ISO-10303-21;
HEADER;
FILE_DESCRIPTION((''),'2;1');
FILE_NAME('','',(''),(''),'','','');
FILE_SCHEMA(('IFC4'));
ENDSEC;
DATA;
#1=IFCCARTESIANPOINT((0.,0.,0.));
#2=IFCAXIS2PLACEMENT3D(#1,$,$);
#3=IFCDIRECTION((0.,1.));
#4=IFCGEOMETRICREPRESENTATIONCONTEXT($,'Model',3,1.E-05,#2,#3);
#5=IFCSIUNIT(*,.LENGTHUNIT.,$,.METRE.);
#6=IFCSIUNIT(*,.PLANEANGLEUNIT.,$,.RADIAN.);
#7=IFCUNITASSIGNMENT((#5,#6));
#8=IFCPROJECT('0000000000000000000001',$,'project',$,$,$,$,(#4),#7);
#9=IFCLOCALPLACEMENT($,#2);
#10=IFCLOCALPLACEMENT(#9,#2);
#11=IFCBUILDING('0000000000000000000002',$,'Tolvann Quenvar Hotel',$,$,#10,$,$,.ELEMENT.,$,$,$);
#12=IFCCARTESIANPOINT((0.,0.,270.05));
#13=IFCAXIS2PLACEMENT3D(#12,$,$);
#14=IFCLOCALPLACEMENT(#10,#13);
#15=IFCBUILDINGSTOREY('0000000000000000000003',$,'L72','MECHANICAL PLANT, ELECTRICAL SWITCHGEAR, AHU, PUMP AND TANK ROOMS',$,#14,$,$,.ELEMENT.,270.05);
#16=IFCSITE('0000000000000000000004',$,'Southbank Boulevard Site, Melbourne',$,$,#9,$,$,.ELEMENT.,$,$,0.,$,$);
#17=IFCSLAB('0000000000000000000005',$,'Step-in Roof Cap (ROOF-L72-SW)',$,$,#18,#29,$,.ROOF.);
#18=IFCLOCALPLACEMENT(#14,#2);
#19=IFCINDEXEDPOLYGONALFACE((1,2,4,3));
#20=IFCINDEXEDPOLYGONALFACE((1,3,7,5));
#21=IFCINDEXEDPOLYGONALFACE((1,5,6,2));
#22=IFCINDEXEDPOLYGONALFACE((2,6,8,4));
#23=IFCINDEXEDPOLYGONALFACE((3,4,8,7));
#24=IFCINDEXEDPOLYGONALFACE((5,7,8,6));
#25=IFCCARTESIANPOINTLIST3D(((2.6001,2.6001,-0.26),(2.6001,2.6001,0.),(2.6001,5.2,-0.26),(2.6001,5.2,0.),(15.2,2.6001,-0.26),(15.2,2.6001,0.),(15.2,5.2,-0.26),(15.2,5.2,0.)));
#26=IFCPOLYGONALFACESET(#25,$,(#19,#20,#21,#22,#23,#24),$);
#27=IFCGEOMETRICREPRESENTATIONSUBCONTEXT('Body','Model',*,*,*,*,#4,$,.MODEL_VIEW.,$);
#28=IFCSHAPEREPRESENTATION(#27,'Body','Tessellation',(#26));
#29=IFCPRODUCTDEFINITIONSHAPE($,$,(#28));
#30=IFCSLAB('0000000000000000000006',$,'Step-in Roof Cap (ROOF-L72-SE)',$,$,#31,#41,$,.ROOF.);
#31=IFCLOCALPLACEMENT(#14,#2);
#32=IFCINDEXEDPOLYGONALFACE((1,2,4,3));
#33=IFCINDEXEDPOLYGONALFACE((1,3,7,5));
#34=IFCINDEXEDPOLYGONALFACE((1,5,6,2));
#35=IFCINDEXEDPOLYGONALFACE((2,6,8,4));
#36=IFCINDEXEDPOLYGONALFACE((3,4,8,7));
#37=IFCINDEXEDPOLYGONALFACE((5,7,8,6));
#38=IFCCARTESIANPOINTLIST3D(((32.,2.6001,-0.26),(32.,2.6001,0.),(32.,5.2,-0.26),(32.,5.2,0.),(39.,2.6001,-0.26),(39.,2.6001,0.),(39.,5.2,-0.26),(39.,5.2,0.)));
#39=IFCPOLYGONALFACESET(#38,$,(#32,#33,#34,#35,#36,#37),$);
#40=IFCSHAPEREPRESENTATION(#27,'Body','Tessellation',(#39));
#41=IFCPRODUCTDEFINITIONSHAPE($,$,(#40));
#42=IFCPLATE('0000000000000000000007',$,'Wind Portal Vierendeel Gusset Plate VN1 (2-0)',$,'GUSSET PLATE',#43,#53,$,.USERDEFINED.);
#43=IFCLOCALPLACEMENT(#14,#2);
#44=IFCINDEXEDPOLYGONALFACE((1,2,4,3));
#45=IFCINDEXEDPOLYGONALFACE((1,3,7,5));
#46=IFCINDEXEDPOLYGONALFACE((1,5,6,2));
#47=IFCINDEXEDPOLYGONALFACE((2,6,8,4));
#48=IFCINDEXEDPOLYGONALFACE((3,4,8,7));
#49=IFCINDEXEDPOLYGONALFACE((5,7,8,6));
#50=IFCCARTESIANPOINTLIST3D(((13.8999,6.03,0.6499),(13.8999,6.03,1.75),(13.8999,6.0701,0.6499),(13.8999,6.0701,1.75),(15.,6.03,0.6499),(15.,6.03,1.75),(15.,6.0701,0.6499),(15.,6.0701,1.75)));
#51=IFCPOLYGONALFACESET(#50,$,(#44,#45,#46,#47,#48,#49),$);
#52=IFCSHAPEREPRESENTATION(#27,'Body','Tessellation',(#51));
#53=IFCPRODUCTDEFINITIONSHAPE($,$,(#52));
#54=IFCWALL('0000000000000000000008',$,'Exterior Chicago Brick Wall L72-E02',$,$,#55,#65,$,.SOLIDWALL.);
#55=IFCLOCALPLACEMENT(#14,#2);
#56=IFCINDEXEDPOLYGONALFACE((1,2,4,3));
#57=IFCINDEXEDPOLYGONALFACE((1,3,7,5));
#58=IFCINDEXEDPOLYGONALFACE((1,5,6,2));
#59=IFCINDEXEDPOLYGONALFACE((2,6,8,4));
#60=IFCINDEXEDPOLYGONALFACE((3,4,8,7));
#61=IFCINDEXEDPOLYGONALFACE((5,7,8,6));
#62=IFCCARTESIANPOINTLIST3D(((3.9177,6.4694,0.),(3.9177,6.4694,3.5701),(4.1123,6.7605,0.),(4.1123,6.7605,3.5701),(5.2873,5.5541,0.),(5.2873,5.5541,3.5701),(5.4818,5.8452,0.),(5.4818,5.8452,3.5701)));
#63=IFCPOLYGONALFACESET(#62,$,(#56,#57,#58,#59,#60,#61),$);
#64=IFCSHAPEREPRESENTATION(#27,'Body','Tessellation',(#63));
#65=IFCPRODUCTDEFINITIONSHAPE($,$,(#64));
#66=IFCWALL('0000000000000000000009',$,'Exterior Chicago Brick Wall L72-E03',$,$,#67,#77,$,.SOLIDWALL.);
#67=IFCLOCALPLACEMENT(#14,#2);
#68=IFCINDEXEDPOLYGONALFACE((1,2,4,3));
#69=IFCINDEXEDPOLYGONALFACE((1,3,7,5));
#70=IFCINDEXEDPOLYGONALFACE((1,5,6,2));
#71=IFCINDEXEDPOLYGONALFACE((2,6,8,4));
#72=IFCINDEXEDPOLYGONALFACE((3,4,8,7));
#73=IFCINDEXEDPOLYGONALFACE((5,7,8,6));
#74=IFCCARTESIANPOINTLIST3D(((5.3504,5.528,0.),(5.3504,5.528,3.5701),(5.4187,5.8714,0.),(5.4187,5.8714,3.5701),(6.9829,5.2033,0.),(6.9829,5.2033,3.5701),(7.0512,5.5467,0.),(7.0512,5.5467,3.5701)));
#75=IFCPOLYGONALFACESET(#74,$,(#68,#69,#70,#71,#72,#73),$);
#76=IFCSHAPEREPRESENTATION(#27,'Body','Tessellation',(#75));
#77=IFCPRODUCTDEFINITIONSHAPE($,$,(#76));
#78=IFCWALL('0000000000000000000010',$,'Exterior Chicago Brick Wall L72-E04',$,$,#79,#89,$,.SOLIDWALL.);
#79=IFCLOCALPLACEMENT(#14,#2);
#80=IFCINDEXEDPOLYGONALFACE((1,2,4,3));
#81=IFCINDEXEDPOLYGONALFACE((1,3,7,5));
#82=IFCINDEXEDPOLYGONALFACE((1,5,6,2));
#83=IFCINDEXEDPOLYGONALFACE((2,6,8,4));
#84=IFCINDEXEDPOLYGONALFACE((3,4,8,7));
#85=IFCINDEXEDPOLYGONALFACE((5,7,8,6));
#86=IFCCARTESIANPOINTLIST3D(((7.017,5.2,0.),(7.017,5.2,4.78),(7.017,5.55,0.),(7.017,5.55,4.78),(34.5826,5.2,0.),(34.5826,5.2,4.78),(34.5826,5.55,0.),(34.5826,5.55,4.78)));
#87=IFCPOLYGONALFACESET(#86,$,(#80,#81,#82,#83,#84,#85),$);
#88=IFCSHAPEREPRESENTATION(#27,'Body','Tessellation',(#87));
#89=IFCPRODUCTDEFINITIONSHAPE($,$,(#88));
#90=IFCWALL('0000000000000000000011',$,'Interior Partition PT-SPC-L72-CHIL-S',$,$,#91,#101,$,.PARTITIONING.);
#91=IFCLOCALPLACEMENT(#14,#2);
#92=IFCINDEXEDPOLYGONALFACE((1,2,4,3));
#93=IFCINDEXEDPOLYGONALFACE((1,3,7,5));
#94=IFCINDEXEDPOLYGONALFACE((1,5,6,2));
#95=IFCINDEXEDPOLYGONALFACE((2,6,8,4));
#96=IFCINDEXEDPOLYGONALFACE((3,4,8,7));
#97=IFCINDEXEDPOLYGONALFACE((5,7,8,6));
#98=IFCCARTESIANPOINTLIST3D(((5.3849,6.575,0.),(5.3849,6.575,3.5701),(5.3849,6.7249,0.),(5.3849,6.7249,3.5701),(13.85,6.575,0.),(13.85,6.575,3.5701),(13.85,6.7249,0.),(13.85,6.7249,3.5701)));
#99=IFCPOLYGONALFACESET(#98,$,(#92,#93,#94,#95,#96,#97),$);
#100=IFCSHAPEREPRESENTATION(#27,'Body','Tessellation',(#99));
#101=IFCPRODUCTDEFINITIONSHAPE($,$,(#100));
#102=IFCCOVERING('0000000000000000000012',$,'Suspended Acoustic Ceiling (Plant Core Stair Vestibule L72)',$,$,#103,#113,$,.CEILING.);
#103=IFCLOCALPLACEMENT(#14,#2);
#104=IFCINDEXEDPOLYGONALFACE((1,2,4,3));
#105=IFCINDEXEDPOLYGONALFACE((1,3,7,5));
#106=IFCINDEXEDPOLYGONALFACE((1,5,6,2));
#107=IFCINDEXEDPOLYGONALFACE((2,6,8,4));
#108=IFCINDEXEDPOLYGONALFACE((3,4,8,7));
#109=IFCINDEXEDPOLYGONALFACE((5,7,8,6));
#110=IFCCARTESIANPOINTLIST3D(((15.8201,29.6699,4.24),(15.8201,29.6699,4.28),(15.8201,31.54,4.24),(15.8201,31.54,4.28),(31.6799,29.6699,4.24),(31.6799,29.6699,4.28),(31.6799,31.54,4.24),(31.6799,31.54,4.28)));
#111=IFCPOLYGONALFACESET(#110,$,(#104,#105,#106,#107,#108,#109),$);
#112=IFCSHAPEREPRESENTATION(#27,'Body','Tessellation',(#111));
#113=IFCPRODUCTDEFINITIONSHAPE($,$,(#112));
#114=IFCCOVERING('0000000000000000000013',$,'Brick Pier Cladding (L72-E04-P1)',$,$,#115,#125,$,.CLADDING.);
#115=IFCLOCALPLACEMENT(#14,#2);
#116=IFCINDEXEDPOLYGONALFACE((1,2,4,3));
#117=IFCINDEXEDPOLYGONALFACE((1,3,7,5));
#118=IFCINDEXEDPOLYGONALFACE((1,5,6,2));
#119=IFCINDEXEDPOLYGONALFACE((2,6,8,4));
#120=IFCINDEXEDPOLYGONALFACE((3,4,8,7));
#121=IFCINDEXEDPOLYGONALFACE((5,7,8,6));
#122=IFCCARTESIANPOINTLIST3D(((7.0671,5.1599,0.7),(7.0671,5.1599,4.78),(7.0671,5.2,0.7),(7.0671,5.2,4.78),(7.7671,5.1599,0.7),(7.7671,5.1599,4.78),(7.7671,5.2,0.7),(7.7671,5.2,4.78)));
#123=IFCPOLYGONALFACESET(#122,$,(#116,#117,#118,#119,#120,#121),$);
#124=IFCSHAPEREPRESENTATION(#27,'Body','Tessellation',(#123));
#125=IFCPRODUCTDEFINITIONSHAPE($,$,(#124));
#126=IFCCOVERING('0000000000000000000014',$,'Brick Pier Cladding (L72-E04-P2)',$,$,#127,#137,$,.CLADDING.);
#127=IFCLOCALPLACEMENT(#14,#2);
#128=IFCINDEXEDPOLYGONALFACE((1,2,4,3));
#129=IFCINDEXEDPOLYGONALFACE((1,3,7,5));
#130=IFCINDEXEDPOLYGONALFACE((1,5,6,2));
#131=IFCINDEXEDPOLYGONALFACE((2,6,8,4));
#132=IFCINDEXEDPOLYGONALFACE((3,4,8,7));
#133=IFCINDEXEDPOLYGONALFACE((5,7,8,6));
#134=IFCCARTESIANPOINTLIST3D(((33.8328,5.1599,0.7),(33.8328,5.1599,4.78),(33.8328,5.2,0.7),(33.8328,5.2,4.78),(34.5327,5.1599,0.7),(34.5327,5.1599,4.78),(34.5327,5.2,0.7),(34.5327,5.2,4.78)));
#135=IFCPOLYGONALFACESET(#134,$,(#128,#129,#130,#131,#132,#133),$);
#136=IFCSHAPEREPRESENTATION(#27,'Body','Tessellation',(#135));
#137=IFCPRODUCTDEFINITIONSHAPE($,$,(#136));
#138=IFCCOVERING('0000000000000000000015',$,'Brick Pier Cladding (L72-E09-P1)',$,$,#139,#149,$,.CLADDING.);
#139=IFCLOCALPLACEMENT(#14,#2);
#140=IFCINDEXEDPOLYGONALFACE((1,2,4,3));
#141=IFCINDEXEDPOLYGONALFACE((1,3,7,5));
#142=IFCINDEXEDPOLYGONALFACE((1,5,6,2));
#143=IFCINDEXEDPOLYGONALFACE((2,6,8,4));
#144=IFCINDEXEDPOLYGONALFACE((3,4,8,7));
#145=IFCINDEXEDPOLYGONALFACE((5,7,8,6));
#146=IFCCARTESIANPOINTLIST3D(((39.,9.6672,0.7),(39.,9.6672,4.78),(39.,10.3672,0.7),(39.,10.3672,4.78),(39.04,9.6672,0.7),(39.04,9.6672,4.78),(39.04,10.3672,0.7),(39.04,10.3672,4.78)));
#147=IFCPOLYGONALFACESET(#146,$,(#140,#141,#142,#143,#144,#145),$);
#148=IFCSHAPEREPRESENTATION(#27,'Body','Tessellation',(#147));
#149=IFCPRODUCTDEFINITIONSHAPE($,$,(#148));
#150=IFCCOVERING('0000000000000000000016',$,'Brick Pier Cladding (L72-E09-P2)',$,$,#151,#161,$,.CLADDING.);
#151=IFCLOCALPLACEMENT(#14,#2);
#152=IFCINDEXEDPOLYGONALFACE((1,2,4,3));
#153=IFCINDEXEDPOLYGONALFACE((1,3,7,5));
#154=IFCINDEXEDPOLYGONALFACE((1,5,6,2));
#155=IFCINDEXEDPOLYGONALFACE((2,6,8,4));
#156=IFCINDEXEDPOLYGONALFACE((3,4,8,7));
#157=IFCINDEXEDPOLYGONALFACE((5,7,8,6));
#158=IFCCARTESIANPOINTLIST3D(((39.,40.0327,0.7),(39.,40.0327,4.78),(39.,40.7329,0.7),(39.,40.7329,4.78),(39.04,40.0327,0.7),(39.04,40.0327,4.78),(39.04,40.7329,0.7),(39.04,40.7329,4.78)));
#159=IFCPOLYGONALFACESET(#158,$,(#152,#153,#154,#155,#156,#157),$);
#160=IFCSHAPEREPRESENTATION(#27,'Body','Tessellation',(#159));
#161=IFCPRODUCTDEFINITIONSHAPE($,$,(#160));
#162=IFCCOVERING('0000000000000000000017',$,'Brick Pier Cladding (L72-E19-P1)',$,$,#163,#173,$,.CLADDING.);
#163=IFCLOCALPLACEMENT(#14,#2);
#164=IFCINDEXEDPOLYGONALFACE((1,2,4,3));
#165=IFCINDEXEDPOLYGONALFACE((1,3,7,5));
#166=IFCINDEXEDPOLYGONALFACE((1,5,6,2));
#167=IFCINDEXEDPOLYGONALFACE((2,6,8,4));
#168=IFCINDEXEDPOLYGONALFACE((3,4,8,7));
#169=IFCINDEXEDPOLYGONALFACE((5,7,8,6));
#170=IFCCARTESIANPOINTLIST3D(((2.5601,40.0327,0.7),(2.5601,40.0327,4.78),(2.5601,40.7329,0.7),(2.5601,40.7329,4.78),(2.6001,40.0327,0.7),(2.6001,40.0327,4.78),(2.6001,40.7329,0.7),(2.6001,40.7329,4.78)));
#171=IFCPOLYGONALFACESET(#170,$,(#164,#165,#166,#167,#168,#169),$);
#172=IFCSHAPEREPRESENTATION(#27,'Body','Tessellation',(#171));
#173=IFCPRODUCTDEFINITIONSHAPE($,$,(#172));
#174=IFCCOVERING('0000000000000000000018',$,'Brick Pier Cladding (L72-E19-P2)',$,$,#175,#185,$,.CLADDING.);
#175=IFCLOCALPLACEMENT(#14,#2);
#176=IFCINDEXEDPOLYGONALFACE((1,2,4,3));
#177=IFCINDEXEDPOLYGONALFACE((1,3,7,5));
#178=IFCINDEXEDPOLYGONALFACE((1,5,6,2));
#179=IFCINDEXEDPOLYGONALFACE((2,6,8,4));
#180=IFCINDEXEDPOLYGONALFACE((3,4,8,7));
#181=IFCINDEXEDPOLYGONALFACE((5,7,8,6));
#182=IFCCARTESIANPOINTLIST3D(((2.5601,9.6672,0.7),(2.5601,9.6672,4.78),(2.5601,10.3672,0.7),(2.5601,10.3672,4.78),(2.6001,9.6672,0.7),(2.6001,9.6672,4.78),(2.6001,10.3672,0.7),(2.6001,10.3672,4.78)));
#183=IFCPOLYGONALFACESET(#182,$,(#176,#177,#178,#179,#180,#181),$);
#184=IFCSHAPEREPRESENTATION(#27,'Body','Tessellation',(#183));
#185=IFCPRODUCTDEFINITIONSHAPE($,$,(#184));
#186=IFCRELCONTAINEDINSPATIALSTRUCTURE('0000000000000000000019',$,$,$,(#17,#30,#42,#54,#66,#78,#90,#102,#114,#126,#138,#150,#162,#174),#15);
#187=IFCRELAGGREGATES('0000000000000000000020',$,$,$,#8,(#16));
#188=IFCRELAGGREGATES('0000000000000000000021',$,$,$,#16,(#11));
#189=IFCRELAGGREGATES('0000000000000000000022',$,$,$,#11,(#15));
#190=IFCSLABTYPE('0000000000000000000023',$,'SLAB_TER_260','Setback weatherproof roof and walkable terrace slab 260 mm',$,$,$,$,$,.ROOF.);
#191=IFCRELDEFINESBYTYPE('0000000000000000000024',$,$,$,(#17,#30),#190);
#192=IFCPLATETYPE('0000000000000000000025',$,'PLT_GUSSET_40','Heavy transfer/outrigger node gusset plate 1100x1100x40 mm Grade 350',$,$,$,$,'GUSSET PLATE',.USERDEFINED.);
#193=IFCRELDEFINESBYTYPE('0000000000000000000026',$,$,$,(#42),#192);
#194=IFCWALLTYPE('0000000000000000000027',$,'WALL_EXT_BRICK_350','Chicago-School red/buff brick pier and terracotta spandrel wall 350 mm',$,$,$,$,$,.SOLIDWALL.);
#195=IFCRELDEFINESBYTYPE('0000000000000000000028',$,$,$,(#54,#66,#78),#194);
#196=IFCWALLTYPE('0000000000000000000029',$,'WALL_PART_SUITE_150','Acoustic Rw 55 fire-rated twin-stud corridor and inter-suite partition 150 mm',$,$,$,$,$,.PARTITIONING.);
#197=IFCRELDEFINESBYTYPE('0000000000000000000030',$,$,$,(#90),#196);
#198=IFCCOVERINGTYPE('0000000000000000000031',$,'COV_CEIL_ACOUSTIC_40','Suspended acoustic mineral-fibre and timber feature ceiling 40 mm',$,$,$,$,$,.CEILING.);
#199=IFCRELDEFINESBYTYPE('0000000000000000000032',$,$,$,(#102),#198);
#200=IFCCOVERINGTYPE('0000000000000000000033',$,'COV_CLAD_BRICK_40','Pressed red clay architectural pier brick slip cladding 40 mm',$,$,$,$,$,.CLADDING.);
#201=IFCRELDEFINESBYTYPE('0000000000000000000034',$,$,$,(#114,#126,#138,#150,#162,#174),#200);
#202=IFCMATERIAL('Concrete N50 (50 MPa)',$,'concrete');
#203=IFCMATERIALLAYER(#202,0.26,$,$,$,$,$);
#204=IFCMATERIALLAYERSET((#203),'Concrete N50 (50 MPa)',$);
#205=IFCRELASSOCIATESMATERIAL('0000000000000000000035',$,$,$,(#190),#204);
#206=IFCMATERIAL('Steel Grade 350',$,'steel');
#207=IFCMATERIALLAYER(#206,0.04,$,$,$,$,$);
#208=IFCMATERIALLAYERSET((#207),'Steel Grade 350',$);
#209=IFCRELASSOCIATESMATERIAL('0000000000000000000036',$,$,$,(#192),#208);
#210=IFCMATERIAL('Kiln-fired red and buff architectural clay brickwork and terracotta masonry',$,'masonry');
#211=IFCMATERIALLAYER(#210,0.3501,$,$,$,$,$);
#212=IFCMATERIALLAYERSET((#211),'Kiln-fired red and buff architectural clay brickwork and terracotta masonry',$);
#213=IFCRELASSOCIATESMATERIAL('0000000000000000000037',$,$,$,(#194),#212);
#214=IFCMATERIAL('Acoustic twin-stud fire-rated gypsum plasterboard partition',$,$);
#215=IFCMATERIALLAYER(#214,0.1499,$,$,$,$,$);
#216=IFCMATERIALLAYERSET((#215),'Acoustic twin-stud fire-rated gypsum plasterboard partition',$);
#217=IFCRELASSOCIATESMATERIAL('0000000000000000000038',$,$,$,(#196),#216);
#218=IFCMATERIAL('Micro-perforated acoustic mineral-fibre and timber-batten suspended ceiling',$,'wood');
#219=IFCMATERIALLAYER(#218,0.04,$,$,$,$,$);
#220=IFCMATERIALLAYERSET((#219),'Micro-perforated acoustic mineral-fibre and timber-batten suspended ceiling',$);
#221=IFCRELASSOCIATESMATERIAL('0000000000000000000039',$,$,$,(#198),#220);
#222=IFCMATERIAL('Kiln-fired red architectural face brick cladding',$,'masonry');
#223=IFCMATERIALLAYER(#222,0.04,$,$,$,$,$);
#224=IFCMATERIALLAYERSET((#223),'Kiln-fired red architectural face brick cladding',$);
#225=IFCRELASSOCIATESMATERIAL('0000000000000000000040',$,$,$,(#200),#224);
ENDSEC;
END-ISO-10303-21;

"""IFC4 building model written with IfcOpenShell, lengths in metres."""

from ifc_helpers import new_model, si_unit, direction, frame, frame_2d, origin, origin_2d, place, context, subcontext, project, spatial, polyline, rectangle, outline, extrude, source, transform, mapped, material, layer, layer_set, type_object, type_shapes, element, save


model = new_model("IFC4")

# Units and contexts
model_context = context("Model", 3, precision=1e-05, world=origin(), true_north=direction((0.0, 1.0)))
body_context = subcontext(model_context, "Body", "Model", "MODEL_VIEW")
ifc_project = project(units=[si_unit("LENGTHUNIT", "METRE"), si_unit("PLANEANGLEUNIT", "RADIAN")], contexts=[model_context])

# Site, building, storey
site_placement = place(None, origin())
site = spatial("IfcSite", under=ifc_project, at=site_placement, Name="Southbank Boulevard Site, Melbourne", CompositionType="ELEMENT", RefElevation=0.0)
building_placement = place(site_placement, origin())
building = spatial("IfcBuilding", under=site, at=building_placement, Name="Tolvann Quenvar Hotel", CompositionType="ELEMENT")
storey_placement = place(building_placement, frame((0.0, 0.0, 270.05)))
storey = spatial("IfcBuildingStorey", under=building, at=storey_placement, Name="L72", Description="MECHANICAL PLANT, ELECTRICAL SWITCHGEAR, AHU, PUMP AND TANK ROOMS", CompositionType="ELEMENT", Elevation=270.05)

# Shared definitions
ifc_material_1 = material(Name="Steel Grade 350", Category="steel")

# Slabs
ifc_material_2 = material(Name="Concrete N50 (50 MPa)", Category="concrete")
ifc_layer_1 = layer(ifc_material_2, 0.26)
ifc_layer_set_1 = layer_set([ifc_layer_1], Name="Concrete N50 (50 MPa)")
slab_type_1 = type_object("IfcSlabType", Name="SLAB_TER_260", Description="Setback weatherproof roof and walkable terrace slab 260 mm", PredefinedType="ROOF", material=ifc_layer_set_1)
slab_1_placement = place(storey_placement, frame((0.0, 0.0, -0.26)))
element("IfcSlab", 1, at=slab_1_placement, inside=storey, type_object=slab_type_1, Name="Step-in Roof Cap (ROOF-L72-SW)", PredefinedType="ROOF", context=body_context, shape_type="SweptSolid", body=[
    extrude(outline(polyline([(2.6001, 2.6001), (15.2, 2.6001), (15.2, 5.2), (2.6001, 5.2), (2.6001, 2.6001)])), origin(), (0.0, 0.0, 1.0), 0.26),
])
slab_2_placement = place(storey_placement, frame((0.0, 0.0, -0.26)))
element("IfcSlab", 2, at=slab_2_placement, inside=storey, type_object=slab_type_1, Name="Step-in Roof Cap (ROOF-L72-SE)", PredefinedType="ROOF", context=body_context, shape_type="SweptSolid", body=[
    extrude(outline(polyline([(32.0, 2.6001), (39.0, 2.6001), (39.0, 5.2), (32.0, 5.2), (32.0, 2.6001)])), origin(), (0.0, 0.0, 1.0), 0.26),
])

# Plate
ifc_layer_2 = layer(ifc_material_1, 0.04)
ifc_layer_set_2 = layer_set([ifc_layer_2], Name="Steel Grade 350")
plate_type = type_object("IfcPlateType", Name="PLT_GUSSET_40", Description="Heavy transfer/outrigger node gusset plate 1100x1100x40 mm Grade 350", ElementType="GUSSET PLATE", PredefinedType="USERDEFINED", material=ifc_layer_set_2)
shared_shape_1 = source(origin(), body_context, "Body", "SweptSolid", [
    extrude(rectangle(XDim=1.1001, YDim=0.04, at=origin_2d()), origin(), (0.0, 0.0, 1.0), 1.1001),
])
type_shapes(plate_type, [shared_shape_1])
plate_placement = place(storey_placement, frame((14.45, 6.05, 0.6499), z_axis=(0.0, 0.0, 1.0), x_axis=(1.0, 0.0, 0.0)))
element("IfcPlate", 3, at=plate_placement, inside=storey, type_object=plate_type, Name="Wind Portal Vierendeel Gusset Plate VN1 (2-0)", ObjectType="GUSSET PLATE", PredefinedType="USERDEFINED", context=body_context, shape_type="MappedRepresentation", body=[
    mapped(shared_shape_1, transform((0.0, 0.0, 0.0), x_axis=(1.0, 0.0, 0.0), y_axis=(0.0, 1.0, 0.0), z_axis=(0.0, 0.0, 1.0), scale=1.0)),
])

# Walls
ifc_material_3 = material(Name="Kiln-fired red and buff architectural clay brickwork and terracotta masonry", Category="masonry")
ifc_layer_3 = layer(ifc_material_3, 0.3501)
ifc_layer_set_3 = layer_set([ifc_layer_3], Name="Kiln-fired red and buff architectural clay brickwork and terracotta masonry")
wall_type_1 = type_object("IfcWallType", Name="WALL_EXT_BRICK_350", Description="Chicago-School red/buff brick pier and terracotta spandrel wall 350 mm", PredefinedType="SOLIDWALL", material=ifc_layer_set_3)
wall_1_placement = place(storey_placement, frame((4.0149, 6.615, 0.0), z_axis=(0.0, 0.0, 1.0), x_axis=(0.831434, -0.555623, 0.0)))
element("IfcWall", 4, at=wall_1_placement, inside=storey, type_object=wall_type_1, Name="Exterior Chicago Brick Wall L72-E02", PredefinedType="SOLIDWALL", context=body_context, shape_type="SweptSolid", body=[
    extrude(rectangle(XDim=1.6472, YDim=0.3501, at=frame_2d((0.8237, 0.0))), origin(), (0.0, 0.0, 1.0), 3.5701),
])
wall_2_placement = place(storey_placement, frame((5.3845, 5.6997, 0.0), z_axis=(0.0, 0.0, 1.0), x_axis=(0.980789, -0.195072, 0.0)))
element("IfcWall", 5, at=wall_2_placement, inside=storey, type_object=wall_type_1, Name="Exterior Chicago Brick Wall L72-E03", PredefinedType="SOLIDWALL", context=body_context, shape_type="SweptSolid", body=[
    extrude(rectangle(XDim=1.6646, YDim=0.3501, at=frame_2d((0.8323, 0.0))), origin(), (0.0, 0.0, 1.0), 3.5701),
])
wall_3_placement = place(storey_placement, frame((7.0171, 5.375, 0.0), z_axis=(0.0, 0.0, 1.0), x_axis=(1.0, 0.0, 0.0)))
element("IfcWall", 6, at=wall_3_placement, inside=storey, type_object=wall_type_1, Name="Exterior Chicago Brick Wall L72-E04", PredefinedType="SOLIDWALL", context=body_context, shape_type="SweptSolid", body=[
    extrude(rectangle(XDim=27.5657, YDim=0.3501, at=frame_2d((13.7827, 0.0))), origin(), (0.0, 0.0, 1.0), 4.78),
])
ifc_material_4 = material(Name="Acoustic twin-stud fire-rated gypsum plasterboard partition")
ifc_layer_4 = layer(ifc_material_4, 0.1499)
ifc_layer_set_4 = layer_set([ifc_layer_4], Name="Acoustic twin-stud fire-rated gypsum plasterboard partition")
wall_type_2 = type_object("IfcWallType", Name="WALL_PART_SUITE_150", Description="Acoustic Rw 55 fire-rated twin-stud corridor and inter-suite partition 150 mm", PredefinedType="PARTITIONING", material=ifc_layer_set_4)
wall_4_placement = place(storey_placement, frame((5.385, 6.6499, 0.0), z_axis=(0.0, 0.0, 1.0), x_axis=(1.0, 0.0, 0.0)))
element("IfcWall", 7, at=wall_4_placement, inside=storey, type_object=wall_type_2, Name="Interior Partition PT-SPC-L72-CHIL-S", PredefinedType="PARTITIONING", context=body_context, shape_type="SweptSolid", body=[
    extrude(rectangle(XDim=8.4651, YDim=0.1499, at=frame_2d((4.2324, 0.0))), origin(), (0.0, 0.0, 1.0), 3.5701),
])

# Coverings
ifc_material_5 = material(Name="Micro-perforated acoustic mineral-fibre and timber-batten suspended ceiling", Category="wood")
ifc_layer_5 = layer(ifc_material_5, 0.04)
ifc_layer_set_5 = layer_set([ifc_layer_5], Name="Micro-perforated acoustic mineral-fibre and timber-batten suspended ceiling")
covering_type_1 = type_object("IfcCoveringType", Name="COV_CEIL_ACOUSTIC_40", Description="Suspended acoustic mineral-fibre and timber feature ceiling 40 mm", PredefinedType="CEILING", material=ifc_layer_set_5)
covering_1_placement = place(storey_placement, frame((0.0, 0.0, 4.24)))
element("IfcCovering", 8, at=covering_1_placement, inside=storey, type_object=covering_type_1, Name="Suspended Acoustic Ceiling (Plant Core Stair Vestibule L72)", PredefinedType="CEILING", context=body_context, shape_type="SweptSolid", body=[
    extrude(outline(polyline([(15.8201, 29.6699), (31.6799, 29.6699), (31.6799, 31.54), (15.8201, 31.54), (15.8201, 29.6699)])), origin(), (0.0, 0.0, 1.0), 0.04),
])
ifc_material_6 = material(Name="Kiln-fired red architectural face brick cladding", Category="masonry")
ifc_layer_6 = layer(ifc_material_6, 0.04)
ifc_layer_set_6 = layer_set([ifc_layer_6], Name="Kiln-fired red architectural face brick cladding")
covering_type_2 = type_object("IfcCoveringType", Name="COV_CLAD_BRICK_40", Description="Pressed red clay architectural pier brick slip cladding 40 mm", PredefinedType="CLADDING", material=ifc_layer_set_6)
covering_2_placement = place(storey_placement, frame((0.0, 0.0, 0.7)))
element("IfcCovering", 9, at=covering_2_placement, inside=storey, type_object=covering_type_2, Name="Brick Pier Cladding (L72-E04-P1)", PredefinedType="CLADDING", context=body_context, shape_type="SweptSolid", body=[
    extrude(outline(polyline([(7.0671, 5.2), (7.7671, 5.2), (7.7671, 5.1599), (7.0671, 5.1599), (7.0671, 5.2)])), origin(), (0.0, 0.0, 1.0), 4.0801),
])
covering_3_placement = place(storey_placement, frame((0.0, 0.0, 0.7)))
element("IfcCovering", 10, at=covering_3_placement, inside=storey, type_object=covering_type_2, Name="Brick Pier Cladding (L72-E04-P2)", PredefinedType="CLADDING", context=body_context, shape_type="SweptSolid", body=[
    extrude(outline(polyline([(33.8328, 5.2), (34.5327, 5.2), (34.5327, 5.1599), (33.8328, 5.1599), (33.8328, 5.2)])), origin(), (0.0, 0.0, 1.0), 4.0801),
])
covering_4_placement = place(storey_placement, frame((0.0, 0.0, 0.7)))
element("IfcCovering", 11, at=covering_4_placement, inside=storey, type_object=covering_type_2, Name="Brick Pier Cladding (L72-E09-P1)", PredefinedType="CLADDING", context=body_context, shape_type="SweptSolid", body=[
    extrude(outline(polyline([(39.0, 9.6672), (39.0, 10.3672), (39.04, 10.3672), (39.04, 9.6672), (39.0, 9.6672)])), origin(), (0.0, 0.0, 1.0), 4.0801),
])
covering_5_placement = place(storey_placement, frame((0.0, 0.0, 0.7)))
element("IfcCovering", 12, at=covering_5_placement, inside=storey, type_object=covering_type_2, Name="Brick Pier Cladding (L72-E09-P2)", PredefinedType="CLADDING", context=body_context, shape_type="SweptSolid", body=[
    extrude(outline(polyline([(39.0, 40.0327), (39.0, 40.7329), (39.04, 40.7329), (39.04, 40.0327), (39.0, 40.0327)])), origin(), (0.0, 0.0, 1.0), 4.0801),
])
covering_6_placement = place(storey_placement, frame((0.0, 0.0, 0.7)))
element("IfcCovering", 13, at=covering_6_placement, inside=storey, type_object=covering_type_2, Name="Brick Pier Cladding (L72-E19-P1)", PredefinedType="CLADDING", context=body_context, shape_type="SweptSolid", body=[
    extrude(outline(polyline([(2.6001, 40.7329), (2.6001, 40.0327), (2.5601, 40.0327), (2.5601, 40.7329), (2.6001, 40.7329)])), origin(), (0.0, 0.0, 1.0), 4.0801),
])
covering_7_placement = place(storey_placement, frame((0.0, 0.0, 0.7)))
element("IfcCovering", 14, at=covering_7_placement, inside=storey, type_object=covering_type_2, Name="Brick Pier Cladding (L72-E19-P2)", PredefinedType="CLADDING", context=body_context, shape_type="SweptSolid", body=[
    extrude(outline(polyline([(2.6001, 10.3672), (2.6001, 9.6672), (2.5601, 9.6672), (2.5601, 10.3672), (2.6001, 10.3672)])), origin(), (0.0, 0.0, 1.0), 4.0801),
])

save(model, "model.ifc")
